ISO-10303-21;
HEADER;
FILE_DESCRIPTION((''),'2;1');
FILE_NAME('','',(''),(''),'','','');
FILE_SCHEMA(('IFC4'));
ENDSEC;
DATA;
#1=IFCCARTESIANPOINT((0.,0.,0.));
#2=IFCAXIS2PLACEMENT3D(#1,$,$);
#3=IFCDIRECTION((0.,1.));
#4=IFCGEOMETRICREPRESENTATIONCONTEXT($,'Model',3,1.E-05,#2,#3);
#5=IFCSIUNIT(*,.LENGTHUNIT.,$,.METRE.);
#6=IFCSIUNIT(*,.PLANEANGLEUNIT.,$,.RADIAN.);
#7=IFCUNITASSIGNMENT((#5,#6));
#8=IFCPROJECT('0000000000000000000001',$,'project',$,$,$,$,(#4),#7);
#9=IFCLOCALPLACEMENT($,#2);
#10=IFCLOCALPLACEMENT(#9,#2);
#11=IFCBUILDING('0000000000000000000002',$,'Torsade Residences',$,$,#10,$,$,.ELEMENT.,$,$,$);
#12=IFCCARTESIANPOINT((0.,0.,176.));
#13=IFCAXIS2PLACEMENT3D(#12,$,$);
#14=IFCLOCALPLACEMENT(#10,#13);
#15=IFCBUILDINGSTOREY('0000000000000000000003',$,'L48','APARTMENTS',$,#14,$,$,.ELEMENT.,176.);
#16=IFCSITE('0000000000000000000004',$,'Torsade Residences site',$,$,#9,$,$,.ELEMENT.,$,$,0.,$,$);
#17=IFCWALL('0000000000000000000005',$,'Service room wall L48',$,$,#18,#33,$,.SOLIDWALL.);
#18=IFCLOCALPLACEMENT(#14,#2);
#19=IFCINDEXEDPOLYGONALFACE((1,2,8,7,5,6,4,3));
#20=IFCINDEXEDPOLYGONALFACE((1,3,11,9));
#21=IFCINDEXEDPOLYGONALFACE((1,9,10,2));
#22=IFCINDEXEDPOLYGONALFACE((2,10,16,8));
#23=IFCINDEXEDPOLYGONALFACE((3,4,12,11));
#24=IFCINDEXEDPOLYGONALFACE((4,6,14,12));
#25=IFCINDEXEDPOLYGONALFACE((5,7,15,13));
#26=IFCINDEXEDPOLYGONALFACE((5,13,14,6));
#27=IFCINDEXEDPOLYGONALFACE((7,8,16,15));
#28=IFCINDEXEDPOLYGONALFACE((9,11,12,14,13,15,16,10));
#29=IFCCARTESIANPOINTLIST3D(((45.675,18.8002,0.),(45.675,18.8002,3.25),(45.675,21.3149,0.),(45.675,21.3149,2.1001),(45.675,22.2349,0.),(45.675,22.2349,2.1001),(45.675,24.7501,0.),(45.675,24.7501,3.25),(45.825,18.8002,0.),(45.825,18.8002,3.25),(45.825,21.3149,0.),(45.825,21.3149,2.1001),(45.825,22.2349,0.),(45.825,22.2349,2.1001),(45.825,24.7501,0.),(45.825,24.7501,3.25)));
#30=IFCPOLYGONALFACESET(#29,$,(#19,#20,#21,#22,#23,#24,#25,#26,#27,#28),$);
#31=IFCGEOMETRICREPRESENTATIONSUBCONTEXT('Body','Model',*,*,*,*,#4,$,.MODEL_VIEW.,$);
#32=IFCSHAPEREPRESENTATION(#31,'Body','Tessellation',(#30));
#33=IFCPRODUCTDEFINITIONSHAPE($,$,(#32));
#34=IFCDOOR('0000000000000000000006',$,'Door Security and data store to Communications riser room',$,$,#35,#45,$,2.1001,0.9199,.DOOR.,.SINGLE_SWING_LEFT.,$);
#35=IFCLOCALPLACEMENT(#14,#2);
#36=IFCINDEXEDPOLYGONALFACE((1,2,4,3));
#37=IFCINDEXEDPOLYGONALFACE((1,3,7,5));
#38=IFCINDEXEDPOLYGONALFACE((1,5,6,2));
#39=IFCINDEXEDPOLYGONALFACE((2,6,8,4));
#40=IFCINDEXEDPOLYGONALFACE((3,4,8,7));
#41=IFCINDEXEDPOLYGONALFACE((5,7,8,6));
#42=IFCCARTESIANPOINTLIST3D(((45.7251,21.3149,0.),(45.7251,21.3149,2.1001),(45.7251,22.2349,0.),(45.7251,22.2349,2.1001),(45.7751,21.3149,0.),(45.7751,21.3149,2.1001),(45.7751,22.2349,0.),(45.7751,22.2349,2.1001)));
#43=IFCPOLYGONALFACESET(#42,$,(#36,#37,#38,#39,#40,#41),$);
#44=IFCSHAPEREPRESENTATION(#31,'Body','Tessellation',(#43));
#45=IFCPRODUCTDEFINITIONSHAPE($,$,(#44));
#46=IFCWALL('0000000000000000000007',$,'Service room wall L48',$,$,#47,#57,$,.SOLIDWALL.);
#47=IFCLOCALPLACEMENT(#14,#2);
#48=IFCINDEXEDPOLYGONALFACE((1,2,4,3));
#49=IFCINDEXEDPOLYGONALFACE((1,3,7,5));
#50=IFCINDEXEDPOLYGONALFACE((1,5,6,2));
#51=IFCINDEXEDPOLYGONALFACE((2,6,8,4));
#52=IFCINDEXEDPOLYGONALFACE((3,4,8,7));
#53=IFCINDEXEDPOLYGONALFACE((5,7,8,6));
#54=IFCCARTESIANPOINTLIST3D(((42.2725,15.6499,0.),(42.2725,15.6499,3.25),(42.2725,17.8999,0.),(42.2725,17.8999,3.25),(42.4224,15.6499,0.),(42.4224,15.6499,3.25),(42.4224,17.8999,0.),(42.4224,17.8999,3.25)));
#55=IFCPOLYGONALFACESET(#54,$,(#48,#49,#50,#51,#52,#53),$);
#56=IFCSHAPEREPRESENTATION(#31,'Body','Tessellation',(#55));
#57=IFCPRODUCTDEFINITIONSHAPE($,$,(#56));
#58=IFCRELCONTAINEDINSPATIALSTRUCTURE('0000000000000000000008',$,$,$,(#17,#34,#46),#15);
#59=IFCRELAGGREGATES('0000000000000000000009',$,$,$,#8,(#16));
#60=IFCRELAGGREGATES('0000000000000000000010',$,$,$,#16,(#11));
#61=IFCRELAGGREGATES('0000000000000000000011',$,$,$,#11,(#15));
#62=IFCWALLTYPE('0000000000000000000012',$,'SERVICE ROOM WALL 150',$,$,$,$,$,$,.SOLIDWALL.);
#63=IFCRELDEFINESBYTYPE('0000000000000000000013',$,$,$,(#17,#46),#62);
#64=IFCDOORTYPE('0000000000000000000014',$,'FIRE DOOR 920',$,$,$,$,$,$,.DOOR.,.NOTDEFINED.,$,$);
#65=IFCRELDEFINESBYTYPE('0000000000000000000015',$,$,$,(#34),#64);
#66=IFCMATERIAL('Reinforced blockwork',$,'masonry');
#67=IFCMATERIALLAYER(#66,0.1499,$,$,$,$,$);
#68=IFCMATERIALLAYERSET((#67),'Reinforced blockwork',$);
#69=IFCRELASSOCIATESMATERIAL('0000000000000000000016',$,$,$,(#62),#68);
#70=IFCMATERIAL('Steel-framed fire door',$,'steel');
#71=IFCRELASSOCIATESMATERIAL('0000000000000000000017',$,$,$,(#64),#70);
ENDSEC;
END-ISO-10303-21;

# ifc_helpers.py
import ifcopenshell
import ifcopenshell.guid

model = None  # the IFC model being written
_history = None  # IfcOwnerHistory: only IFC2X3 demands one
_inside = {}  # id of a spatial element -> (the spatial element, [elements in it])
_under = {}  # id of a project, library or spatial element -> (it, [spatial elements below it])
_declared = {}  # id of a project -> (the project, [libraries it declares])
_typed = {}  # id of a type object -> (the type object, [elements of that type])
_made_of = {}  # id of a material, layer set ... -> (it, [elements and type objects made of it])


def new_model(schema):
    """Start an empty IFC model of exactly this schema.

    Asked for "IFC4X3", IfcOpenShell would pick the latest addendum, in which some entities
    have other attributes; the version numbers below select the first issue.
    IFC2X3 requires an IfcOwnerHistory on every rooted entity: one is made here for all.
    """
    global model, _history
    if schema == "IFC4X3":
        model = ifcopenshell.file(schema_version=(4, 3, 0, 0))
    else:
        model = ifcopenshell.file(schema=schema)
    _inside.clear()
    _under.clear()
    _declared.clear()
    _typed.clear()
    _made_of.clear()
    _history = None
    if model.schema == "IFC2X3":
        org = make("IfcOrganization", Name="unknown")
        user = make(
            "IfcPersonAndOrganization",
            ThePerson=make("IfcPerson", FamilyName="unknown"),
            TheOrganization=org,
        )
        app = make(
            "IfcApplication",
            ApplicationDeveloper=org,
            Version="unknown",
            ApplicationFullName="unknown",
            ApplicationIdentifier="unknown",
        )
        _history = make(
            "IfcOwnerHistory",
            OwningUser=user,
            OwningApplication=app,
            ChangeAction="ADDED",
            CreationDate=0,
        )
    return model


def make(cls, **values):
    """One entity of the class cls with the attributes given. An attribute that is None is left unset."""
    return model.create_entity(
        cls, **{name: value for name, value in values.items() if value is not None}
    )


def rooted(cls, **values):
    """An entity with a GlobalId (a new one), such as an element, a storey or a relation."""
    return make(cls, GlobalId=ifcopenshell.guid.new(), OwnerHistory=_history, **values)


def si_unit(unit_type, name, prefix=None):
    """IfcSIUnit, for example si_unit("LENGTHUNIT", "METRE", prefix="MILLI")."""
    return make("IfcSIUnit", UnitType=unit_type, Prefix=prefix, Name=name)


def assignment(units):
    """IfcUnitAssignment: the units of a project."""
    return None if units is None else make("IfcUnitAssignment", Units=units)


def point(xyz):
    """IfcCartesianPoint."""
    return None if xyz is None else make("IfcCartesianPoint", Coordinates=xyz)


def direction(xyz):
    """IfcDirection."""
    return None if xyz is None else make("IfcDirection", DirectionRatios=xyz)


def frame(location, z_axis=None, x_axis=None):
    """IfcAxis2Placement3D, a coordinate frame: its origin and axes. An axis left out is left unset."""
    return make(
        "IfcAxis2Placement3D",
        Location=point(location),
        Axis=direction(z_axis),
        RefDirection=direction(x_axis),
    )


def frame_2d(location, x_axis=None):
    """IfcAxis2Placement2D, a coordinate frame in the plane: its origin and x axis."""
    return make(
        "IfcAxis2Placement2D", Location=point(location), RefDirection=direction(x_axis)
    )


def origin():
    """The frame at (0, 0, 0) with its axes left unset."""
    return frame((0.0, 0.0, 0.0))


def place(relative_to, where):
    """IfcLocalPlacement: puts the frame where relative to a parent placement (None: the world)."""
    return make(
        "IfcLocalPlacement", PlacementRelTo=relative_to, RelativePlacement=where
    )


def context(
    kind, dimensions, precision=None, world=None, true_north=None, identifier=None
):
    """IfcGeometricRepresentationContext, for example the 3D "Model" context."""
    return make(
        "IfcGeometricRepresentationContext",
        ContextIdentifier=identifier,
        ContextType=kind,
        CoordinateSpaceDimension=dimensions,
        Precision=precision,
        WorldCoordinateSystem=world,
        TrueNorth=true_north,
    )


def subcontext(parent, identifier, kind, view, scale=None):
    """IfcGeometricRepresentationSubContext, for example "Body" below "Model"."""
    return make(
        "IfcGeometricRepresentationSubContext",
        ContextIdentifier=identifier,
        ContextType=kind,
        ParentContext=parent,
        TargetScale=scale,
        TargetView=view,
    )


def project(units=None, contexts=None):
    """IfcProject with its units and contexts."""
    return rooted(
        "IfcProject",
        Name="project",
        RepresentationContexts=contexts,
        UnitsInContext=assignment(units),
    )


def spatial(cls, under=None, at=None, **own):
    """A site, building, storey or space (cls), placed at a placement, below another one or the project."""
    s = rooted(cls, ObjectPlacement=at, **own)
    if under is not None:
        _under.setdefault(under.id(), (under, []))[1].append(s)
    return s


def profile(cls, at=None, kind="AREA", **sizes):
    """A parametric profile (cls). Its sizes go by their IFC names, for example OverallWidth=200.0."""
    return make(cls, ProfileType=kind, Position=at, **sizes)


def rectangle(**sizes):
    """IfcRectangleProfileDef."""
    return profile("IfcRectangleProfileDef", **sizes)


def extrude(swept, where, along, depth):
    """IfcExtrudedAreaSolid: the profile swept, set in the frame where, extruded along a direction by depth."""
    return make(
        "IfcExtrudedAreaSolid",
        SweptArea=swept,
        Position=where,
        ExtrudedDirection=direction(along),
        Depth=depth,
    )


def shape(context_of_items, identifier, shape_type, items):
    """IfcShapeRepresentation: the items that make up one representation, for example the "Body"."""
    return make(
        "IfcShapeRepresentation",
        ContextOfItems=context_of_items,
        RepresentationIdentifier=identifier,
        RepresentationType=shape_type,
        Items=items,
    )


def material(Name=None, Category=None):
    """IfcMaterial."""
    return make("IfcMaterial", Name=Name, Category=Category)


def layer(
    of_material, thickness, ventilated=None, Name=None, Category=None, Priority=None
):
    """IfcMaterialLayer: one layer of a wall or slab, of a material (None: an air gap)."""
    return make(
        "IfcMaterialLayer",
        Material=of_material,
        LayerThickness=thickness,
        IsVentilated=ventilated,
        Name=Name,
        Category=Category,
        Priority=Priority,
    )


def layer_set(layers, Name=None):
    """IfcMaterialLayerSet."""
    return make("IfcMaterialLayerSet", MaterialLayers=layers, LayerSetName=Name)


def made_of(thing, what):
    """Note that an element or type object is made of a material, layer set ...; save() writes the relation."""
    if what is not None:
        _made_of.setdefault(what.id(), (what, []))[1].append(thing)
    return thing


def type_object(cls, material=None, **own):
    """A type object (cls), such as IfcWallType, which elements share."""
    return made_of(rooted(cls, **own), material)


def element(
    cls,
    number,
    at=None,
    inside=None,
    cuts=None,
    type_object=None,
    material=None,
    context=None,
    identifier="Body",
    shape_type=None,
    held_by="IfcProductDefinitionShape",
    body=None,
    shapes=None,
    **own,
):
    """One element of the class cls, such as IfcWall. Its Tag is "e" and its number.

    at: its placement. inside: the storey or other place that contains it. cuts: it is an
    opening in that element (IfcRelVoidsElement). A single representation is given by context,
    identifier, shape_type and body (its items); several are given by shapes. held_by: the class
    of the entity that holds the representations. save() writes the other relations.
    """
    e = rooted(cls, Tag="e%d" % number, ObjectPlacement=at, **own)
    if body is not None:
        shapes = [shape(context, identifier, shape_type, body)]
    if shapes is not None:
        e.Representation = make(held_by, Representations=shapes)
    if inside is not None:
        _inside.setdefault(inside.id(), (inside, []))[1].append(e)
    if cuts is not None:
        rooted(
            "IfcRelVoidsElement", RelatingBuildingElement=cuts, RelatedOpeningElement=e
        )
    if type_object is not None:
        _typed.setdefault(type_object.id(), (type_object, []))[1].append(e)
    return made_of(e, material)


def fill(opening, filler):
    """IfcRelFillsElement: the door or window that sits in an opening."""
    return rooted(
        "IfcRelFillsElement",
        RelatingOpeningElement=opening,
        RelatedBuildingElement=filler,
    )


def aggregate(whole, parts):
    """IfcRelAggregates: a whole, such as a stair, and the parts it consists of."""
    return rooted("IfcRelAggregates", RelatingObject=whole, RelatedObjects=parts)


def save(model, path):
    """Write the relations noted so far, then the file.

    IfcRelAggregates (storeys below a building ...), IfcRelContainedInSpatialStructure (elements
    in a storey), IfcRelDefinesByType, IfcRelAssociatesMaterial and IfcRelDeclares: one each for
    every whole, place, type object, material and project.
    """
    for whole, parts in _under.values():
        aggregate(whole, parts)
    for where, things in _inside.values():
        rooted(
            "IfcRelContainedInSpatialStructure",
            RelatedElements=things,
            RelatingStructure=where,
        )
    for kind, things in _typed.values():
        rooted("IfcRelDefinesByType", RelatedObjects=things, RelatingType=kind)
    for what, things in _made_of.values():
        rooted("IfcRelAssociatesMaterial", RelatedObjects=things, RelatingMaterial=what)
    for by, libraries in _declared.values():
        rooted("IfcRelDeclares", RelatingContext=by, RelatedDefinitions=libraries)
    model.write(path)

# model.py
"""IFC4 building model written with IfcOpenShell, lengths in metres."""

from ifc_helpers import new_model, si_unit, direction, frame, frame_2d, origin, place, context, subcontext, project, spatial, rectangle, extrude, material, layer, layer_set, type_object, element, fill, save


model = new_model("IFC4")

# Units and contexts
model_context = context("Model", 3, precision=1e-05, world=origin(), true_north=direction((0.0, 1.0)))
body_context = subcontext(model_context, "Body", "Model", "MODEL_VIEW")
ifc_project = project(units=[si_unit("LENGTHUNIT", "METRE"), si_unit("PLANEANGLEUNIT", "RADIAN")], contexts=[model_context])

# Site, building, storey
site_placement = place(None, origin())
site = spatial("IfcSite", under=ifc_project, at=site_placement, Name="Torsade Residences site", CompositionType="ELEMENT", RefElevation=0.0)
building_placement = place(site_placement, origin())
building = spatial("IfcBuilding", under=site, at=building_placement, Name="Torsade Residences", CompositionType="ELEMENT")
storey_placement = place(building_placement, frame((0.0, 0.0, 176.0)))
storey = spatial("IfcBuildingStorey", under=building, at=storey_placement, Name="L48", Description="APARTMENTS", CompositionType="ELEMENT", Elevation=176.0)

# Wall, opening, door
ifc_material_1 = material(Name="Reinforced blockwork", Category="masonry")
ifc_layer_1 = layer(ifc_material_1, 0.1499)
ifc_layer_set_1 = layer_set([ifc_layer_1], Name="Reinforced blockwork")
wall_type_1 = type_object("IfcWallType", Name="SERVICE ROOM WALL 150", PredefinedType="SOLIDWALL", material=ifc_layer_set_1)
wall_1_placement = place(storey_placement, frame((45.75, 18.8, 0.0), z_axis=(0.0, 0.0, 1.0), x_axis=(0.0, 1.0, 0.0)))
wall_1 = element("IfcWall", 1, at=wall_1_placement, inside=storey, type_object=wall_type_1, Name="Service room wall L48", PredefinedType="SOLIDWALL", context=body_context, shape_type="SweptSolid", body=[
    extrude(rectangle(XDim=5.95, YDim=0.1499, at=frame_2d((2.9751, 0.0))), origin(), (0.0, 0.0, 1.0), 3.25),
])
opening_1_placement = place(wall_1_placement, frame((2.5149, 0.0, 0.0)))
opening_1 = element("IfcOpeningElement", 2, at=opening_1_placement, cuts=wall_1, PredefinedType="OPENING", context=body_context, shape_type="SweptSolid", body=[
    extrude(rectangle(XDim=0.9199, YDim=2.1001, at=frame_2d((0.46, 1.05))), frame((0.0, 0.085, 0.0), z_axis=(0.0, -1.0, 0.0), x_axis=(1.0, 0.0, 0.0)), (0.0, 0.0, 1.0), 0.1699),
])
ifc_material_2 = material(Name="Steel-framed fire door", Category="steel")
door_type_1 = type_object("IfcDoorType", Name="FIRE DOOR 920", OperationType="NOTDEFINED", PredefinedType="DOOR", material=ifc_material_2)
door_1_placement = place(opening_1_placement, origin())
door_1 = element("IfcDoor", 3, at=door_1_placement, inside=storey, type_object=door_type_1, Name="Door Security and data store to Communications riser room", OperationType="SINGLE_SWING_LEFT", OverallHeight=2.1001, OverallWidth=0.9199, PredefinedType="DOOR", context=body_context, shape_type="SweptSolid", body=[
    extrude(rectangle(XDim=0.9199, YDim=2.1001, at=frame_2d((0.46, 1.05))), frame((0.0, 0.0249, 0.0), z_axis=(0.0, -1.0, 0.0), x_axis=(1.0, 0.0, 0.0)), (0.0, 0.0, 1.0), 0.05),
])
fill(opening_1, door_1)

# Wall
wall_2_placement = place(storey_placement, frame((42.3474, 15.6499, 0.0), z_axis=(0.0, 0.0, 1.0), x_axis=(0.0, 1.0, 0.0)))
element("IfcWall", 4, at=wall_2_placement, inside=storey, type_object=wall_type_1, Name="Service room wall L48", PredefinedType="SOLIDWALL", context=body_context, shape_type="SweptSolid", body=[
    extrude(rectangle(XDim=2.25, YDim=0.1499, at=frame_2d((1.125, 0.0))), origin(), (0.0, 0.0, 1.0), 3.25),
])

save(model, "model.ifc")
